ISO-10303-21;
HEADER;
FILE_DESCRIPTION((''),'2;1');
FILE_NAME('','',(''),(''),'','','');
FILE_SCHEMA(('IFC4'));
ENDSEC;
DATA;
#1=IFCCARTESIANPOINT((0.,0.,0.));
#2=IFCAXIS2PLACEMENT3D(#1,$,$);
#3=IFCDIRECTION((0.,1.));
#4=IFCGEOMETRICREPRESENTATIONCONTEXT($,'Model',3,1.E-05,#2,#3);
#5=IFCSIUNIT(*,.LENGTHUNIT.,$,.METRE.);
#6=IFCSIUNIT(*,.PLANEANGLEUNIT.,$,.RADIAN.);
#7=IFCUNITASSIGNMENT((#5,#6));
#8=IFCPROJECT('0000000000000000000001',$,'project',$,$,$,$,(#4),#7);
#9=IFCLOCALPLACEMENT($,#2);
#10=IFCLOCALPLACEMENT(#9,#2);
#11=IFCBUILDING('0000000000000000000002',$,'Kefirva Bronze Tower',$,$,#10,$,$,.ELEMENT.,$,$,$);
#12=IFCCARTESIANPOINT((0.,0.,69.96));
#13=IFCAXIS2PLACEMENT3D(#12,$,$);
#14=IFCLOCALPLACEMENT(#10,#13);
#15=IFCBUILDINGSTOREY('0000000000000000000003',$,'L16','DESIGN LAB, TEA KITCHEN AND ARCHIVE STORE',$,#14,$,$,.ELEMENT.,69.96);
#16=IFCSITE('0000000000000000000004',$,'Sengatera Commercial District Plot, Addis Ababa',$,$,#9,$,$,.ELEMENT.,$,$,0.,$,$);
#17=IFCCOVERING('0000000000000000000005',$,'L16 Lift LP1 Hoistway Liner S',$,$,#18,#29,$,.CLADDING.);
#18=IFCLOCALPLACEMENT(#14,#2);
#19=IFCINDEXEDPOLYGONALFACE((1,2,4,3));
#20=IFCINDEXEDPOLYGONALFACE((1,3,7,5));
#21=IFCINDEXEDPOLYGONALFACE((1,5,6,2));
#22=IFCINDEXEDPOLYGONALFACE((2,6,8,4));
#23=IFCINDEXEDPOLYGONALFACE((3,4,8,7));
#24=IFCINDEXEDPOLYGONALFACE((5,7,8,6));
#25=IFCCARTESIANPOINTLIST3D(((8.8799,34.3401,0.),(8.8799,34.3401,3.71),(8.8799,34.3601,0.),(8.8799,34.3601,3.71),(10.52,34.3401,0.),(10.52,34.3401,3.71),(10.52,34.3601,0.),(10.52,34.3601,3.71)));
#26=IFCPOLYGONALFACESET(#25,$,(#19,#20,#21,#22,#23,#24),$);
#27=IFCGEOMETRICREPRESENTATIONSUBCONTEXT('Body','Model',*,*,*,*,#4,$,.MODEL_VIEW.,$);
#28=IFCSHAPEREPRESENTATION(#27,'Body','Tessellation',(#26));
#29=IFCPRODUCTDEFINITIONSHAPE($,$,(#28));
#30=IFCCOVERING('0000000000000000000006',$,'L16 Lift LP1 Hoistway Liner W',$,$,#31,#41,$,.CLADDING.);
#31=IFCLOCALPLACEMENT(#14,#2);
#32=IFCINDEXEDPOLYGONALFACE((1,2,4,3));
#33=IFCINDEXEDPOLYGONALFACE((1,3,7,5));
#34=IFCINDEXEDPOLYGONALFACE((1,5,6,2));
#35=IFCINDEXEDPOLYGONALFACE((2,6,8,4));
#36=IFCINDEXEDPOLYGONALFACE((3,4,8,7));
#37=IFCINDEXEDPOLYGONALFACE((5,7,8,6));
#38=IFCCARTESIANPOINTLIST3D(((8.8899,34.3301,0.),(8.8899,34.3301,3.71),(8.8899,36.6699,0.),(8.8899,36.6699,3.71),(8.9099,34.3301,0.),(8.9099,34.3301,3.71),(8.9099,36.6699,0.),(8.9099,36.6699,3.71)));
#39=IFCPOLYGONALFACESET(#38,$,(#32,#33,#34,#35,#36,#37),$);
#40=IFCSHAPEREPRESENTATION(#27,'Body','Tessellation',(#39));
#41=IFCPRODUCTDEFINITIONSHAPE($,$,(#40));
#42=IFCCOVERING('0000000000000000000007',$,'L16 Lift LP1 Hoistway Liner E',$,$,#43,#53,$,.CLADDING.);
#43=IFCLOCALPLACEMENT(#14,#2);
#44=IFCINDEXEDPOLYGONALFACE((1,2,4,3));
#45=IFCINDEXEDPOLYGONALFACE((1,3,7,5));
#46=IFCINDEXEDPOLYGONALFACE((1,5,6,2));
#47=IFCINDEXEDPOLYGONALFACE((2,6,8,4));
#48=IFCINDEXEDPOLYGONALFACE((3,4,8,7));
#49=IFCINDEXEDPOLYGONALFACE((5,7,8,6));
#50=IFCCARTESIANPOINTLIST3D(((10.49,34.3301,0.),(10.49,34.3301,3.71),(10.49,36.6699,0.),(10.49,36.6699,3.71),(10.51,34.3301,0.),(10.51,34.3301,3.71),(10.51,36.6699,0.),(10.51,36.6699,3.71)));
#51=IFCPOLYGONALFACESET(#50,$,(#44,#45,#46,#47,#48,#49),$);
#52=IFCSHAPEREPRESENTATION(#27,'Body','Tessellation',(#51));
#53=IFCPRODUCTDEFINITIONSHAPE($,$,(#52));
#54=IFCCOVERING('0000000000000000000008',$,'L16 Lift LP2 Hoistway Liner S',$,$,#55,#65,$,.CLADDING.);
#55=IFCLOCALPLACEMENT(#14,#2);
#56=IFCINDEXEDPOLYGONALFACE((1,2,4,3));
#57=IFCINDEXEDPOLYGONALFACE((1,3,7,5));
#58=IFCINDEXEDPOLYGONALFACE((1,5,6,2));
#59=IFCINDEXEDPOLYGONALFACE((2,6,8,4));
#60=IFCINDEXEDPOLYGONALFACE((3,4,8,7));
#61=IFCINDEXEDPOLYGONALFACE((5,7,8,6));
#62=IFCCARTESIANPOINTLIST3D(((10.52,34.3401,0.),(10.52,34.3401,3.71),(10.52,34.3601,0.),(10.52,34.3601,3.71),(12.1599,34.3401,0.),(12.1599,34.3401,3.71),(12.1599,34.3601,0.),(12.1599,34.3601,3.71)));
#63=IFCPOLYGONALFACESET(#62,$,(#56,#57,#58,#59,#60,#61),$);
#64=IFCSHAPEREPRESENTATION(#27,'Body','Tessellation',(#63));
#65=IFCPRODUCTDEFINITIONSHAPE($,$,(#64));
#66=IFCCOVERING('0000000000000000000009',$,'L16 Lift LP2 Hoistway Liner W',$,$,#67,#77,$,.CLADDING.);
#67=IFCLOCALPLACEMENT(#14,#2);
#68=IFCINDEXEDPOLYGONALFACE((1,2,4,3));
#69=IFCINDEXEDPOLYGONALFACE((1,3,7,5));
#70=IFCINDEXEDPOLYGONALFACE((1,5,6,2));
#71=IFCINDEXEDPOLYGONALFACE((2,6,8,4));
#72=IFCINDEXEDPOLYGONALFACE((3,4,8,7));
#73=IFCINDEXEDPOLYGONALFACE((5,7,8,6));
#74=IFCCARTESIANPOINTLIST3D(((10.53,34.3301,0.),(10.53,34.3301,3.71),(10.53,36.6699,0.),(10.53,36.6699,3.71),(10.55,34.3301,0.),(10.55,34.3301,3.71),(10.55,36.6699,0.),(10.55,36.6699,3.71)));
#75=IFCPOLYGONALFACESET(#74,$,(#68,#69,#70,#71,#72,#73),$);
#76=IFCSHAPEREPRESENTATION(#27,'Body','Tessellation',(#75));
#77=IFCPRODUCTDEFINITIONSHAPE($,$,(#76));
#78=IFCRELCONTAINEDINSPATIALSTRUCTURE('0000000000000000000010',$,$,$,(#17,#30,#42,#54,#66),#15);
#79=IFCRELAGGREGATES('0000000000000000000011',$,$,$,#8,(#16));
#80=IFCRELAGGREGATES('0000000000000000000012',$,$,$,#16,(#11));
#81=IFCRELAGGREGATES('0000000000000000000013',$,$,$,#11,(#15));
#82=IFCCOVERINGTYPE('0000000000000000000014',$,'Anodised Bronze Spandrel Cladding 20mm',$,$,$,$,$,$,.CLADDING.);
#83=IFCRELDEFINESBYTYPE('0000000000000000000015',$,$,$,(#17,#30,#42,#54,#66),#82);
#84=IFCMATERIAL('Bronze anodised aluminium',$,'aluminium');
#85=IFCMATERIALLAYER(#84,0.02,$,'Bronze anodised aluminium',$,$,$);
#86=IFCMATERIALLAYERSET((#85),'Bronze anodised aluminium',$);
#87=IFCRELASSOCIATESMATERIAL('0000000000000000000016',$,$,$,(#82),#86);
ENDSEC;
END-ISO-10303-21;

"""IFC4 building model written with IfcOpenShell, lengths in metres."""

from ifc_helpers import new_model, si_unit, direction, frame, origin, place, context, subcontext, project, spatial, polyline, outline, extrude, material, layer, layer_set, type_object, element, save


model = new_model("IFC4")

# Units and contexts
model_context = context("Model", 3, precision=1e-05, world=origin(), true_north=direction((0.0, 1.0)))
body_context = subcontext(model_context, "Body", "Model", "MODEL_VIEW")
ifc_project = project(units=[si_unit("LENGTHUNIT", "METRE"), si_unit("PLANEANGLEUNIT", "RADIAN")], contexts=[model_context])

# Site, building, storey
site_placement = place(None, origin())
site = spatial("IfcSite", under=ifc_project, at=site_placement, Name="Sengatera Commercial District Plot, Addis Ababa", CompositionType="ELEMENT", RefElevation=0.0)
building_placement = place(site_placement, origin())
building = spatial("IfcBuilding", under=site, at=building_placement, Name="Kefirva Bronze Tower", CompositionType="ELEMENT")
storey_placement = place(building_placement, frame((0.0, 0.0, 69.96)))
storey = spatial("IfcBuildingStorey", under=building, at=storey_placement, Name="L16", Description="DESIGN LAB, TEA KITCHEN AND ARCHIVE STORE", CompositionType="ELEMENT", Elevation=69.96)

# Coverings
ifc_material_1 = material(Name="Bronze anodised aluminium", Category="aluminium")
ifc_layer_1 = layer(ifc_material_1, 0.02, Name="Bronze anodised aluminium")
ifc_layer_set_1 = layer_set([ifc_layer_1], Name="Bronze anodised aluminium")
covering_type = type_object("IfcCoveringType", Name="Anodised Bronze Spandrel Cladding 20mm", PredefinedType="CLADDING", material=ifc_layer_set_1)
covering_1_placement = place(storey_placement, origin())
element("IfcCovering", 1, at=covering_1_placement, inside=storey, type_object=covering_type, Name="L16 Lift LP1 Hoistway Liner S", PredefinedType="CLADDING", context=body_context, shape_type="SweptSolid", body=[
    extrude(outline(polyline([(8.8799, 34.3401), (10.52, 34.3401), (10.52, 34.3601), (8.8799, 34.3601), (8.8799, 34.3401)])), origin(), (0.0, 0.0, 1.0), 3.71),
])
covering_2_placement = place(storey_placement, origin())
element("IfcCovering", 2, at=covering_2_placement, inside=storey, type_object=covering_type, Name="L16 Lift LP1 Hoistway Liner W", PredefinedType="CLADDING", context=body_context, shape_type="SweptSolid", body=[
    extrude(outline(polyline([(8.8899, 34.3301), (8.9099, 34.3301), (8.9099, 36.6699), (8.8899, 36.6699), (8.8899, 34.3301)])), origin(), (0.0, 0.0, 1.0), 3.71),
])
covering_3_placement = place(storey_placement, origin())
element("IfcCovering", 3, at=covering_3_placement, inside=storey, type_object=covering_type, Name="L16 Lift LP1 Hoistway Liner E", PredefinedType="CLADDING", context=body_context, shape_type="SweptSolid", body=[
    extrude(outline(polyline([(10.49, 34.3301), (10.51, 34.3301), (10.51, 36.6699), (10.49, 36.6699), (10.49, 34.3301)])), origin(), (0.0, 0.0, 1.0), 3.71),
])
covering_4_placement = place(storey_placement, origin())
element("IfcCovering", 4, at=covering_4_placement, inside=storey, type_object=covering_type, Name="L16 Lift LP2 Hoistway Liner S", PredefinedType="CLADDING", context=body_context, shape_type="SweptSolid", body=[
    extrude(outline(polyline([(10.52, 34.3401), (12.1599, 34.3401), (12.1599, 34.3601), (10.52, 34.3601), (10.52, 34.3401)])), origin(), (0.0, 0.0, 1.0), 3.71),
])
covering_5_placement = place(storey_placement, origin())
element("IfcCovering", 5, at=covering_5_placement, inside=storey, type_object=covering_type, Name="L16 Lift LP2 Hoistway Liner W", PredefinedType="CLADDING", context=body_context, shape_type="SweptSolid", body=[
    extrude(outline(polyline([(10.53, 34.3301), (10.55, 34.3301), (10.55, 36.6699), (10.53, 36.6699), (10.53, 34.3301)])), origin(), (0.0, 0.0, 1.0), 3.71),
])

save(model, "model.ifc")
